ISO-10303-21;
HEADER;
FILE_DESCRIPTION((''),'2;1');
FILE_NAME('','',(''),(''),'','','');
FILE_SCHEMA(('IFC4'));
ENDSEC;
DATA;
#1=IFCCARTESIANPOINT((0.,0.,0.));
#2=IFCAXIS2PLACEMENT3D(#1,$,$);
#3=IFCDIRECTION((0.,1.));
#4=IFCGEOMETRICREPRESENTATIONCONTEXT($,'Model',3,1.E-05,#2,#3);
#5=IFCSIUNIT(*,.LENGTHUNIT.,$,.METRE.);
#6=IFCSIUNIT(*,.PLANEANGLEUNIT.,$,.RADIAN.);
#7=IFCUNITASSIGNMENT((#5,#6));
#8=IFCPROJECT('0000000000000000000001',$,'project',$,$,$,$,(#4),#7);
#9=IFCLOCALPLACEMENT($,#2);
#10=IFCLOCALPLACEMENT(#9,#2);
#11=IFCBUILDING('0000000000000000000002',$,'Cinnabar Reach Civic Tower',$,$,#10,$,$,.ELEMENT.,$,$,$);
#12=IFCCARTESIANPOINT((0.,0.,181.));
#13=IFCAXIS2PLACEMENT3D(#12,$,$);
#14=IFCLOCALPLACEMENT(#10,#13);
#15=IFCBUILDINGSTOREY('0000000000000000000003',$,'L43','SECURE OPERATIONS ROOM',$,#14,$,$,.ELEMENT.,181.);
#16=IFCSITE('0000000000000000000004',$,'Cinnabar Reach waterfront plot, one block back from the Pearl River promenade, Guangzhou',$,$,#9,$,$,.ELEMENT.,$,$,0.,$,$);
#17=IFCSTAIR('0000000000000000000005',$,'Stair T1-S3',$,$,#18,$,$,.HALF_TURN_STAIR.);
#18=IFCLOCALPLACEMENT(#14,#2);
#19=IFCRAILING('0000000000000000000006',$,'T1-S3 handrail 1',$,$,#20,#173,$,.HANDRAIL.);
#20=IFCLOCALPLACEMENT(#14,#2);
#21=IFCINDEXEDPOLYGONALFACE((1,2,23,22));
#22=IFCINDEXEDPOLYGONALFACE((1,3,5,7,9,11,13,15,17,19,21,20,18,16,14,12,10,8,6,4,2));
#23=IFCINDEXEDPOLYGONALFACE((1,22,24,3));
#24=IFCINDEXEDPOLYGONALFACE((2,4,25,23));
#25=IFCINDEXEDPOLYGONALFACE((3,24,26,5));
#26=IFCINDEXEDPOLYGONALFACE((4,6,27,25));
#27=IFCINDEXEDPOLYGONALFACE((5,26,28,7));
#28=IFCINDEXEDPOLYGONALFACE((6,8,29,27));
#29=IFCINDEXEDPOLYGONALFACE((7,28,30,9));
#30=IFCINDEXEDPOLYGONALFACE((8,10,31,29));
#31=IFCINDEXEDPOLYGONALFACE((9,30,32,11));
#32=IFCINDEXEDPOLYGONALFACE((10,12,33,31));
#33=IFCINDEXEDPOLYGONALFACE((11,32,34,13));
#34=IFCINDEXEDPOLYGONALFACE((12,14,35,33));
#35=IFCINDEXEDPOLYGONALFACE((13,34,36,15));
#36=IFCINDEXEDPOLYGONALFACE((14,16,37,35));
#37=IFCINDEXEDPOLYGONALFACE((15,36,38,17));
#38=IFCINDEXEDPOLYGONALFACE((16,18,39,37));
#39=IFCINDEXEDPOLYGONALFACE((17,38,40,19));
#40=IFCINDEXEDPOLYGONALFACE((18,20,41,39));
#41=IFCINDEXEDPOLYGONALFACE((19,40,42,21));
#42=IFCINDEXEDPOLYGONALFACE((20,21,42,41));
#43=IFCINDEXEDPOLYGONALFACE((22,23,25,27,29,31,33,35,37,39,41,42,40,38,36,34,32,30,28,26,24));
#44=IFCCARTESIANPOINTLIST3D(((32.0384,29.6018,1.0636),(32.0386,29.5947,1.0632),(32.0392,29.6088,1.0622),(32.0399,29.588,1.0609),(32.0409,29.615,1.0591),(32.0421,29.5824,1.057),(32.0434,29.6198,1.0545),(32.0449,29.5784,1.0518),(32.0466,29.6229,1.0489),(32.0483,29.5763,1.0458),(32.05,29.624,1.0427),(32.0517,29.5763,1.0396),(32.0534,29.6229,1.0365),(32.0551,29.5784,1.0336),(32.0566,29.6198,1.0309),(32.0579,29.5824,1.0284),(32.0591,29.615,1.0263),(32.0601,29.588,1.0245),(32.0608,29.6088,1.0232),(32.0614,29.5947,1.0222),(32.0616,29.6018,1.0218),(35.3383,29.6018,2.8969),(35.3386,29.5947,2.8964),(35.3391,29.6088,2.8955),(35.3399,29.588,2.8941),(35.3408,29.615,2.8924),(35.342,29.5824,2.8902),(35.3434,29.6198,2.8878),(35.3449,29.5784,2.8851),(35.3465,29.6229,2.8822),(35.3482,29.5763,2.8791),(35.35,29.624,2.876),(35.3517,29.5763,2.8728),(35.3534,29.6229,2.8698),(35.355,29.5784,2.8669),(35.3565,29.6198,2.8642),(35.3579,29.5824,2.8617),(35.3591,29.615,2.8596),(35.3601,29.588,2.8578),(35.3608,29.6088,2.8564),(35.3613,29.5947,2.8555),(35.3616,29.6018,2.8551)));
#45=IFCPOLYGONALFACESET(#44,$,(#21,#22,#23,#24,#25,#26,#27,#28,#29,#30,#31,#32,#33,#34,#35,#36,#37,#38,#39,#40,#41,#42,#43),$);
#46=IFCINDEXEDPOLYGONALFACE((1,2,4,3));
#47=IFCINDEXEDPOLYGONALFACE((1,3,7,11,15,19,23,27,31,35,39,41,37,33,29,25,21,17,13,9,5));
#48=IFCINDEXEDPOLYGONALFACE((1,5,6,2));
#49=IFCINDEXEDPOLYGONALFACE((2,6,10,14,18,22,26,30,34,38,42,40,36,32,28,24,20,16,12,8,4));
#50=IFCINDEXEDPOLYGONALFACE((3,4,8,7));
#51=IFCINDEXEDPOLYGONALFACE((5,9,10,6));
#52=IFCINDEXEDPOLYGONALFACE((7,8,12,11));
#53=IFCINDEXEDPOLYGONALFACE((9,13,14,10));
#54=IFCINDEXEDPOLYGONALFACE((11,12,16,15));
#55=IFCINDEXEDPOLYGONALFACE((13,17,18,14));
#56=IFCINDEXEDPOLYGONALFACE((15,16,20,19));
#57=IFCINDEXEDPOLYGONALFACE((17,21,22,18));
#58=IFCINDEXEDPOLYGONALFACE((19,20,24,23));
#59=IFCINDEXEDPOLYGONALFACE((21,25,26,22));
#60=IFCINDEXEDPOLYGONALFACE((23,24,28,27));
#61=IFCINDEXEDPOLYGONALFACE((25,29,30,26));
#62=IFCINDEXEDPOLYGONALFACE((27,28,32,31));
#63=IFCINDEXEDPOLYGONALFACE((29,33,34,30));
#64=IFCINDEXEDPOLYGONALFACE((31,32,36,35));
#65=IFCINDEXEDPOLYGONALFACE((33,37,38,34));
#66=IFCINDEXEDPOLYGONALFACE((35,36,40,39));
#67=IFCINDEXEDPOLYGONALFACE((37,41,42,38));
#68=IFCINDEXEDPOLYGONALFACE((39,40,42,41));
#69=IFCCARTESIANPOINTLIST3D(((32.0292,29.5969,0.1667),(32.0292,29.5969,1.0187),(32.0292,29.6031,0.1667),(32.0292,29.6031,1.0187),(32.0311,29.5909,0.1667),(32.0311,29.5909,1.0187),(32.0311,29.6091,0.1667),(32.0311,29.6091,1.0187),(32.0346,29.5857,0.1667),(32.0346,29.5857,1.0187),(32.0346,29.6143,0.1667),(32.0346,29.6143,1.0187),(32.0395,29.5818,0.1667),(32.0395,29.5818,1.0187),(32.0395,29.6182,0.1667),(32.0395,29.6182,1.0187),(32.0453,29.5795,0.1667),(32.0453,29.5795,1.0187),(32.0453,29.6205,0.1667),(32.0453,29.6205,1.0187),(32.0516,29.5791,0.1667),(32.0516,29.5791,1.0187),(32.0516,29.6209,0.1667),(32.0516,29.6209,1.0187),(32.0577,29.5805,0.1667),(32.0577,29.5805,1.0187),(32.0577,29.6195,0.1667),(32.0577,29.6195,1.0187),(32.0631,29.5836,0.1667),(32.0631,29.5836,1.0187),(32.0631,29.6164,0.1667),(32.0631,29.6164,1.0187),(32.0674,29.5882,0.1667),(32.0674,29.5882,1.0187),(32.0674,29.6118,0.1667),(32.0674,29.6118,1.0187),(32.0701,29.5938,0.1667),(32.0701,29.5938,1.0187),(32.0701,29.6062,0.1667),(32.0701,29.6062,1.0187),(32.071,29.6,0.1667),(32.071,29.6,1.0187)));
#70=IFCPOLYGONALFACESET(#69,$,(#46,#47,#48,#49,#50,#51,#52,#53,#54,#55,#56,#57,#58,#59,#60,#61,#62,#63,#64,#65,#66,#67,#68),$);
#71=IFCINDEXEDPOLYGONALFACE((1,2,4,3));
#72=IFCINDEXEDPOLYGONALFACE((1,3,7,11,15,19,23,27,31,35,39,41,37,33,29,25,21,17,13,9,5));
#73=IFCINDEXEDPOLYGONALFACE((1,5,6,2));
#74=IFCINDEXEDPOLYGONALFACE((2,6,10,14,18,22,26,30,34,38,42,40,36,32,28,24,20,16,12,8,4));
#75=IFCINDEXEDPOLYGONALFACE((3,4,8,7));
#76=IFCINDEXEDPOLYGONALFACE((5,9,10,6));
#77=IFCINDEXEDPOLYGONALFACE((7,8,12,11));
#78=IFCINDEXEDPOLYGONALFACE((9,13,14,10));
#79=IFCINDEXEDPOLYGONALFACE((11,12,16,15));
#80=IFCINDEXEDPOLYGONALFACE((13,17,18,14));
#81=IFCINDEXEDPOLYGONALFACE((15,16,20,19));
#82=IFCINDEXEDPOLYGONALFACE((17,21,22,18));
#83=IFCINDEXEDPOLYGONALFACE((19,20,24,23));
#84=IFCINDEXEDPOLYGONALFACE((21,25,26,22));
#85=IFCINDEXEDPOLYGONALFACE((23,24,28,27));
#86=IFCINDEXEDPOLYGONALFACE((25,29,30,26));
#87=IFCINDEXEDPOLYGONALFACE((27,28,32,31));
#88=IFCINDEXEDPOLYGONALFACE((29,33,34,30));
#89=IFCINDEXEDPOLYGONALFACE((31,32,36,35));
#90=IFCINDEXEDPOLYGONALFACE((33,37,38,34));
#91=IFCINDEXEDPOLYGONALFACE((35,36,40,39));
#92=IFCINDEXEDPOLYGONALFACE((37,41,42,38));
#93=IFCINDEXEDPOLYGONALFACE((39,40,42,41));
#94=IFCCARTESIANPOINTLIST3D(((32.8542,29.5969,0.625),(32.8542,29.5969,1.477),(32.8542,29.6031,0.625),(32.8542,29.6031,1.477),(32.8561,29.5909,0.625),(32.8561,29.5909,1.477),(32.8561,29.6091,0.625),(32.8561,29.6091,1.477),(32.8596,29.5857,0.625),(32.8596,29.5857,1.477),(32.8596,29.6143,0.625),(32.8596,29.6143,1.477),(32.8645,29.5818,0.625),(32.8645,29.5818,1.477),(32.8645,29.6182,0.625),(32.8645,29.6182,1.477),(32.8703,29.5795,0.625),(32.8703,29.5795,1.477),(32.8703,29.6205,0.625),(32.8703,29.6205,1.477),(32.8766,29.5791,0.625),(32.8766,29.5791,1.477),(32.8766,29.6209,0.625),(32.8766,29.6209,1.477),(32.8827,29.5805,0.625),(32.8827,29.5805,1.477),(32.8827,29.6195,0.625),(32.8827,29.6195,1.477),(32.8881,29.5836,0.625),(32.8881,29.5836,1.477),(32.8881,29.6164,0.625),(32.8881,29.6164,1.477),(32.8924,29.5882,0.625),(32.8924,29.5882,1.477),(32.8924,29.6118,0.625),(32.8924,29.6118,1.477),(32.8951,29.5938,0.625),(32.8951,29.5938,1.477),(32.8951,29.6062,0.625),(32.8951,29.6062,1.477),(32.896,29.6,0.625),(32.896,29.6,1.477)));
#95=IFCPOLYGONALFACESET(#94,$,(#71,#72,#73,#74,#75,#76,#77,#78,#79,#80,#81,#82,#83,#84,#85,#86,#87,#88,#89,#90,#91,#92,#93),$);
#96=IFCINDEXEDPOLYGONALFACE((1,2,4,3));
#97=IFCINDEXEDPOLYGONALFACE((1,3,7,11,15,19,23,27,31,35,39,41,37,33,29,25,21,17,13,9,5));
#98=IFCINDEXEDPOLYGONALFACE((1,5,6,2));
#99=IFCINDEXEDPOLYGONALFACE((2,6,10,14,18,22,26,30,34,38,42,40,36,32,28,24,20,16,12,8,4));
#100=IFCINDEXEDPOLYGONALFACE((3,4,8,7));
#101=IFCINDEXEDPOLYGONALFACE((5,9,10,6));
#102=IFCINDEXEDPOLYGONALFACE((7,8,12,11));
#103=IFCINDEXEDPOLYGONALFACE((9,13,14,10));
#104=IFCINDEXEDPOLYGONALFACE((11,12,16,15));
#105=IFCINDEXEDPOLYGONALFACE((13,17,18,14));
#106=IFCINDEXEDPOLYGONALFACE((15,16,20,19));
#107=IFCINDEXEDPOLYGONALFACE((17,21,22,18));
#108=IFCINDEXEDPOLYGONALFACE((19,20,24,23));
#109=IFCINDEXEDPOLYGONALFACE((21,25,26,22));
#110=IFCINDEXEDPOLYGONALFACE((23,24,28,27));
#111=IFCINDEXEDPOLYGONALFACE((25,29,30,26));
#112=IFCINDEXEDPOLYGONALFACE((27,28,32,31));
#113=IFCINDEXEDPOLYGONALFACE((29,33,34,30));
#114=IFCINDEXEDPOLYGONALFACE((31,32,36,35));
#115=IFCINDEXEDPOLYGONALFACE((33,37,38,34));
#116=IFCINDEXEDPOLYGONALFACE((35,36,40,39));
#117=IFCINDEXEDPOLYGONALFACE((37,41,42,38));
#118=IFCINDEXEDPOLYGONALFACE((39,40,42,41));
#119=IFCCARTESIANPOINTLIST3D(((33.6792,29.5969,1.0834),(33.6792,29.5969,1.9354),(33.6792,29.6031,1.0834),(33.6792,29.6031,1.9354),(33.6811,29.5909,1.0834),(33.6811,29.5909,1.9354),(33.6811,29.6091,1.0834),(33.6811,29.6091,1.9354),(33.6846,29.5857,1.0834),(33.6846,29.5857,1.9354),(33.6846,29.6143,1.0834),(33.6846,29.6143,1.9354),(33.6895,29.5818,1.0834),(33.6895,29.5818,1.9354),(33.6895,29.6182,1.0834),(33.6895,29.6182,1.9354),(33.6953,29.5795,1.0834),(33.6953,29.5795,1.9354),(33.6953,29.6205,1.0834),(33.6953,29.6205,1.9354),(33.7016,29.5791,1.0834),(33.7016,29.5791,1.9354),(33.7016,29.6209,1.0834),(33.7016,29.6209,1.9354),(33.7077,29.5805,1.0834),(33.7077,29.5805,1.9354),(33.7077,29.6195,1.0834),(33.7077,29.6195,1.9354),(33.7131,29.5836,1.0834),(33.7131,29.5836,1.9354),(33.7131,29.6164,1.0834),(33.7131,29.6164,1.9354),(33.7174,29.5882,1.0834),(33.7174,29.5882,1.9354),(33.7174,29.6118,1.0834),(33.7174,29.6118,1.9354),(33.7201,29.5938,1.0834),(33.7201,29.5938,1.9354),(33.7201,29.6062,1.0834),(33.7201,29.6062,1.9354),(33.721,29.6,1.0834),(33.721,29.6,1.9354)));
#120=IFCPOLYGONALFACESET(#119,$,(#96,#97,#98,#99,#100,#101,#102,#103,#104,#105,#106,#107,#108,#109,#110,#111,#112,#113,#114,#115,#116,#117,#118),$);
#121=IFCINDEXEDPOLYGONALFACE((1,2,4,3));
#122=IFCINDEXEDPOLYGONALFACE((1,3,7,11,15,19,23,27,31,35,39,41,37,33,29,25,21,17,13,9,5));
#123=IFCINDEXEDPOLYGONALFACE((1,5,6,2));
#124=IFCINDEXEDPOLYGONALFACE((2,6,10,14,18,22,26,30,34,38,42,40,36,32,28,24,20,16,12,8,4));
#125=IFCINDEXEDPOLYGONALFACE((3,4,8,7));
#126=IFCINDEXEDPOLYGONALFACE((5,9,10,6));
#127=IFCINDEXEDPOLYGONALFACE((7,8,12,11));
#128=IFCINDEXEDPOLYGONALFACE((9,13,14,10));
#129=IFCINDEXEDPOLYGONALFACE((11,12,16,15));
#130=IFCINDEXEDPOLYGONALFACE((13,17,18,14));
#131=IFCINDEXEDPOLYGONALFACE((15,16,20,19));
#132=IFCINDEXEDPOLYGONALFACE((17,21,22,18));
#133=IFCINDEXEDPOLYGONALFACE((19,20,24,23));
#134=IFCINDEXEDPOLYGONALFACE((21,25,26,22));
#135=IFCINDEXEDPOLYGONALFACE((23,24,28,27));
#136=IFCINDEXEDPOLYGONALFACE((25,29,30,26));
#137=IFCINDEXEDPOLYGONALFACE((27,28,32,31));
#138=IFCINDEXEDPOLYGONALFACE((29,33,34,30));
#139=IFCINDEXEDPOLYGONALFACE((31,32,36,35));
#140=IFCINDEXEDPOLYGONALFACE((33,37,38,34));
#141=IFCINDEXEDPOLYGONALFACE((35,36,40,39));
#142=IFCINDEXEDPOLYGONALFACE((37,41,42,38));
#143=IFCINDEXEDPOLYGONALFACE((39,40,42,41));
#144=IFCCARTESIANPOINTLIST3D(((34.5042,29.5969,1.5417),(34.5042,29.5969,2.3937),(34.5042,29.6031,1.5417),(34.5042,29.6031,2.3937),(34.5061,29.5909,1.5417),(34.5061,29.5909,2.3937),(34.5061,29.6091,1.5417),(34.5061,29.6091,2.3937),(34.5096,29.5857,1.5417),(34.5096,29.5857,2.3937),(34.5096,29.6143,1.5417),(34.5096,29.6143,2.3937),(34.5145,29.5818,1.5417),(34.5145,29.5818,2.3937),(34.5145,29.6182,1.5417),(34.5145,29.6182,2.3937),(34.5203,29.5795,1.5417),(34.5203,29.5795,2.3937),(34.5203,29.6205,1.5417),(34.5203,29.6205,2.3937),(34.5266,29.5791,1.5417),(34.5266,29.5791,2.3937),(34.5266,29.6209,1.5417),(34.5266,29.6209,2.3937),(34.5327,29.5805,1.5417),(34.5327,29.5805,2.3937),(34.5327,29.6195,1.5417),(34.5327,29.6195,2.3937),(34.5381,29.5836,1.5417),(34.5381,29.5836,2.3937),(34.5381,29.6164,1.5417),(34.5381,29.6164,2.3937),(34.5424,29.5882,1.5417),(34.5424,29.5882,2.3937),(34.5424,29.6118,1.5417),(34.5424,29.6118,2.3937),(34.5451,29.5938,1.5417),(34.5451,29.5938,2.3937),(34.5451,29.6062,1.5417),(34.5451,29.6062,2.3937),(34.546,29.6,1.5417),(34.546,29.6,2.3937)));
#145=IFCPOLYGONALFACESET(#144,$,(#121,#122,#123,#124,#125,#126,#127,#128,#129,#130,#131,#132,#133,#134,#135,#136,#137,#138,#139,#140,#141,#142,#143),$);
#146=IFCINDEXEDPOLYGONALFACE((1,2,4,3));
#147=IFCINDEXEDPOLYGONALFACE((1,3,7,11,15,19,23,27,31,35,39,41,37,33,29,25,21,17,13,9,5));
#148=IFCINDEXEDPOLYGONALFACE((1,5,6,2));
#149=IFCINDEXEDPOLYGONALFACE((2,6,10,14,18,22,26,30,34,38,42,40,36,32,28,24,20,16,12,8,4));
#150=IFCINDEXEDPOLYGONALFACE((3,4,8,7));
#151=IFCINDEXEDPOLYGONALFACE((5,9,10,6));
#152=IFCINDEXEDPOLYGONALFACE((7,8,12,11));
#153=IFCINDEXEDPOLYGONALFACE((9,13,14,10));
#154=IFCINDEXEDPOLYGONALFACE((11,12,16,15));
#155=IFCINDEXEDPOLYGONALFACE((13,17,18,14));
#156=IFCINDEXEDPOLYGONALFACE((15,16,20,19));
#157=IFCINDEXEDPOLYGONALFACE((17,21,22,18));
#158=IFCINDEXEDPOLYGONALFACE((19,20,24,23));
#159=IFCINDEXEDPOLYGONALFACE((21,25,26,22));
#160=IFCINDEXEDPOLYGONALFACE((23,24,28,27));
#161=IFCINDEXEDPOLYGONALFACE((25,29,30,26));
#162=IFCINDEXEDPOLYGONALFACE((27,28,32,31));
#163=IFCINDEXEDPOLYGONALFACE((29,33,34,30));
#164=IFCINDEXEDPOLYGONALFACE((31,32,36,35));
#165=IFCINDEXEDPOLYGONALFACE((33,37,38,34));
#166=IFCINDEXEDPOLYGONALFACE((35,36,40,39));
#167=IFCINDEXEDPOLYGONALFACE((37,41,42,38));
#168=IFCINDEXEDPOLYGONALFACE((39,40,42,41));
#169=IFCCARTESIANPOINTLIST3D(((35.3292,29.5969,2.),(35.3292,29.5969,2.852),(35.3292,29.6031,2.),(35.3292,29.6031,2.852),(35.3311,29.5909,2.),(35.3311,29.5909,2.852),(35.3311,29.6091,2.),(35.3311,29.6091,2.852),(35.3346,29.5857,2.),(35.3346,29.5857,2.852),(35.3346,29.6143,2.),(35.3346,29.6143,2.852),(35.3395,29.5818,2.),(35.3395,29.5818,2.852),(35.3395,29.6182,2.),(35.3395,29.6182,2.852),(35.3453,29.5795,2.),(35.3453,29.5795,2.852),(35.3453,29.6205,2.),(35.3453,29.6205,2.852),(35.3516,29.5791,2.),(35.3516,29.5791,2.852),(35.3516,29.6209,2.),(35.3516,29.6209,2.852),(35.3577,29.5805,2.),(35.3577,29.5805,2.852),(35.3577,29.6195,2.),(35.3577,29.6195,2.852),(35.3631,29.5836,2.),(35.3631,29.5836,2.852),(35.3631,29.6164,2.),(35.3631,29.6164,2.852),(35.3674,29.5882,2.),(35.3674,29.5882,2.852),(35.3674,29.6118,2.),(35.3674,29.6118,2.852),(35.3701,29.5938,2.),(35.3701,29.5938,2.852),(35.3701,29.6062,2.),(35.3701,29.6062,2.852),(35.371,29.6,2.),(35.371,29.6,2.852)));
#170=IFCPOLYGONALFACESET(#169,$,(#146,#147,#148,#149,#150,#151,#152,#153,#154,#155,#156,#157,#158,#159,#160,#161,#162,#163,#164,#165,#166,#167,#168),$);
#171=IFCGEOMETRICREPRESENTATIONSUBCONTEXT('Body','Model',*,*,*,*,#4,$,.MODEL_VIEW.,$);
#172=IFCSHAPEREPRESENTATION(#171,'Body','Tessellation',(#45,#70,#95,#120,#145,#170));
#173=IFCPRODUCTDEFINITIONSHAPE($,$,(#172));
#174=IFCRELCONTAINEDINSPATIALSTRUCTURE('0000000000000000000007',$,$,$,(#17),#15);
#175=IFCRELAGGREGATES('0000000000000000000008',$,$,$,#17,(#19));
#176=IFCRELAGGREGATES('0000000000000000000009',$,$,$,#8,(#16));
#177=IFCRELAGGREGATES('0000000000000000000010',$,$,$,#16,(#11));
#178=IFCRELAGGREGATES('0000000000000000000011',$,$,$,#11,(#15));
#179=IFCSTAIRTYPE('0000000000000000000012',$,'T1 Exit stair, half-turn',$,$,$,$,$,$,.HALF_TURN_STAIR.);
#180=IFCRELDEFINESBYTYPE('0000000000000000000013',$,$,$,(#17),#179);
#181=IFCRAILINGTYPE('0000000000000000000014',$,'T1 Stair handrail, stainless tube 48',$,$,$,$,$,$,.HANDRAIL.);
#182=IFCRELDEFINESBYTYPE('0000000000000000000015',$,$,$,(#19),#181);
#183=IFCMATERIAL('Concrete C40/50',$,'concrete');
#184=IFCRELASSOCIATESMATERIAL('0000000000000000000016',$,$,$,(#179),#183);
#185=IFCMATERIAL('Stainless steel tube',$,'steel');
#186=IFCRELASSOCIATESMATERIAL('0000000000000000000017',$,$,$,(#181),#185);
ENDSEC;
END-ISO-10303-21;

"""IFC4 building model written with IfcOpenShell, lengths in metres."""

from ifc_helpers import new_model, si_unit, direction, frame, origin, origin_2d, place, context, subcontext, project, spatial, circle, extrude, material, type_object, element, aggregate, save


model = new_model("IFC4")

# Units and contexts
model_context = context("Model", 3, precision=1e-05, world=origin(), true_north=direction((0.0, 1.0)))
body_context = subcontext(model_context, "Body", "Model", "MODEL_VIEW")
ifc_project = project(units=[si_unit("LENGTHUNIT", "METRE"), si_unit("PLANEANGLEUNIT", "RADIAN")], contexts=[model_context])

# Site, building, storey
site_placement = place(None, origin())
site = spatial("IfcSite", under=ifc_project, at=site_placement, Name="Cinnabar Reach waterfront plot, one block back from the Pearl River promenade, Guangzhou", CompositionType="ELEMENT", RefElevation=0.0)
building_placement = place(site_placement, origin())
building = spatial("IfcBuilding", under=site, at=building_placement, Name="Cinnabar Reach Civic Tower", CompositionType="ELEMENT")
storey_placement = place(building_placement, frame((0.0, 0.0, 181.0)))
storey = spatial("IfcBuildingStorey", under=building, at=storey_placement, Name="L43", Description="SECURE OPERATIONS ROOM", CompositionType="ELEMENT", Elevation=181.0)

# Stair, railing
ifc_material_1 = material(Name="Concrete C40/50", Category="concrete")
stair_type = type_object("IfcStairType", Name="T1 Exit stair, half-turn", PredefinedType="HALF_TURN_STAIR", material=ifc_material_1)
stair_placement = place(storey_placement, origin())
stair = element("IfcStair", 1, at=stair_placement, inside=storey, type_object=stair_type, Name="Stair T1-S3", PredefinedType="HALF_TURN_STAIR")
ifc_material_2 = material(Name="Stainless steel tube", Category="steel")
railing_type = type_object("IfcRailingType", Name="T1 Stair handrail, stainless tube 48", PredefinedType="HANDRAIL", material=ifc_material_2)
railing_placement = place(storey_placement, frame((32.05, 29.6, 0.1667)))
railing = element("IfcRailing", 2, at=railing_placement, type_object=railing_type, Name="T1-S3 handrail 1", PredefinedType="HANDRAIL", context=body_context, shape_type="SweptSolid", body=[
    extrude(circle(Radius=0.024, at=origin_2d()), frame((0.0, 0.0, 0.876), z_axis=(0.874161, 0.0, 0.485636), x_axis=(0.0, 1.0, 0.0)), (0.0, 0.0, 1.0), 3.775),
    extrude(circle(Radius=0.021, at=origin_2d()), origin(), (0.0, 0.0, 1.0), 0.852),
    extrude(circle(Radius=0.021, at=origin_2d()), frame((0.825, 0.0, 0.4583)), (0.0, 0.0, 1.0), 0.852),
    extrude(circle(Radius=0.021, at=origin_2d()), frame((1.65, 0.0, 0.9167)), (0.0, 0.0, 1.0), 0.852),
    extrude(circle(Radius=0.021, at=origin_2d()), frame((2.475, 0.0, 1.375)), (0.0, 0.0, 1.0), 0.852),
    extrude(circle(Radius=0.021, at=origin_2d()), frame((3.3, 0.0, 1.8333)), (0.0, 0.0, 1.0), 0.852),
])
aggregate(stair, [railing])

save(model, "model.ifc")
